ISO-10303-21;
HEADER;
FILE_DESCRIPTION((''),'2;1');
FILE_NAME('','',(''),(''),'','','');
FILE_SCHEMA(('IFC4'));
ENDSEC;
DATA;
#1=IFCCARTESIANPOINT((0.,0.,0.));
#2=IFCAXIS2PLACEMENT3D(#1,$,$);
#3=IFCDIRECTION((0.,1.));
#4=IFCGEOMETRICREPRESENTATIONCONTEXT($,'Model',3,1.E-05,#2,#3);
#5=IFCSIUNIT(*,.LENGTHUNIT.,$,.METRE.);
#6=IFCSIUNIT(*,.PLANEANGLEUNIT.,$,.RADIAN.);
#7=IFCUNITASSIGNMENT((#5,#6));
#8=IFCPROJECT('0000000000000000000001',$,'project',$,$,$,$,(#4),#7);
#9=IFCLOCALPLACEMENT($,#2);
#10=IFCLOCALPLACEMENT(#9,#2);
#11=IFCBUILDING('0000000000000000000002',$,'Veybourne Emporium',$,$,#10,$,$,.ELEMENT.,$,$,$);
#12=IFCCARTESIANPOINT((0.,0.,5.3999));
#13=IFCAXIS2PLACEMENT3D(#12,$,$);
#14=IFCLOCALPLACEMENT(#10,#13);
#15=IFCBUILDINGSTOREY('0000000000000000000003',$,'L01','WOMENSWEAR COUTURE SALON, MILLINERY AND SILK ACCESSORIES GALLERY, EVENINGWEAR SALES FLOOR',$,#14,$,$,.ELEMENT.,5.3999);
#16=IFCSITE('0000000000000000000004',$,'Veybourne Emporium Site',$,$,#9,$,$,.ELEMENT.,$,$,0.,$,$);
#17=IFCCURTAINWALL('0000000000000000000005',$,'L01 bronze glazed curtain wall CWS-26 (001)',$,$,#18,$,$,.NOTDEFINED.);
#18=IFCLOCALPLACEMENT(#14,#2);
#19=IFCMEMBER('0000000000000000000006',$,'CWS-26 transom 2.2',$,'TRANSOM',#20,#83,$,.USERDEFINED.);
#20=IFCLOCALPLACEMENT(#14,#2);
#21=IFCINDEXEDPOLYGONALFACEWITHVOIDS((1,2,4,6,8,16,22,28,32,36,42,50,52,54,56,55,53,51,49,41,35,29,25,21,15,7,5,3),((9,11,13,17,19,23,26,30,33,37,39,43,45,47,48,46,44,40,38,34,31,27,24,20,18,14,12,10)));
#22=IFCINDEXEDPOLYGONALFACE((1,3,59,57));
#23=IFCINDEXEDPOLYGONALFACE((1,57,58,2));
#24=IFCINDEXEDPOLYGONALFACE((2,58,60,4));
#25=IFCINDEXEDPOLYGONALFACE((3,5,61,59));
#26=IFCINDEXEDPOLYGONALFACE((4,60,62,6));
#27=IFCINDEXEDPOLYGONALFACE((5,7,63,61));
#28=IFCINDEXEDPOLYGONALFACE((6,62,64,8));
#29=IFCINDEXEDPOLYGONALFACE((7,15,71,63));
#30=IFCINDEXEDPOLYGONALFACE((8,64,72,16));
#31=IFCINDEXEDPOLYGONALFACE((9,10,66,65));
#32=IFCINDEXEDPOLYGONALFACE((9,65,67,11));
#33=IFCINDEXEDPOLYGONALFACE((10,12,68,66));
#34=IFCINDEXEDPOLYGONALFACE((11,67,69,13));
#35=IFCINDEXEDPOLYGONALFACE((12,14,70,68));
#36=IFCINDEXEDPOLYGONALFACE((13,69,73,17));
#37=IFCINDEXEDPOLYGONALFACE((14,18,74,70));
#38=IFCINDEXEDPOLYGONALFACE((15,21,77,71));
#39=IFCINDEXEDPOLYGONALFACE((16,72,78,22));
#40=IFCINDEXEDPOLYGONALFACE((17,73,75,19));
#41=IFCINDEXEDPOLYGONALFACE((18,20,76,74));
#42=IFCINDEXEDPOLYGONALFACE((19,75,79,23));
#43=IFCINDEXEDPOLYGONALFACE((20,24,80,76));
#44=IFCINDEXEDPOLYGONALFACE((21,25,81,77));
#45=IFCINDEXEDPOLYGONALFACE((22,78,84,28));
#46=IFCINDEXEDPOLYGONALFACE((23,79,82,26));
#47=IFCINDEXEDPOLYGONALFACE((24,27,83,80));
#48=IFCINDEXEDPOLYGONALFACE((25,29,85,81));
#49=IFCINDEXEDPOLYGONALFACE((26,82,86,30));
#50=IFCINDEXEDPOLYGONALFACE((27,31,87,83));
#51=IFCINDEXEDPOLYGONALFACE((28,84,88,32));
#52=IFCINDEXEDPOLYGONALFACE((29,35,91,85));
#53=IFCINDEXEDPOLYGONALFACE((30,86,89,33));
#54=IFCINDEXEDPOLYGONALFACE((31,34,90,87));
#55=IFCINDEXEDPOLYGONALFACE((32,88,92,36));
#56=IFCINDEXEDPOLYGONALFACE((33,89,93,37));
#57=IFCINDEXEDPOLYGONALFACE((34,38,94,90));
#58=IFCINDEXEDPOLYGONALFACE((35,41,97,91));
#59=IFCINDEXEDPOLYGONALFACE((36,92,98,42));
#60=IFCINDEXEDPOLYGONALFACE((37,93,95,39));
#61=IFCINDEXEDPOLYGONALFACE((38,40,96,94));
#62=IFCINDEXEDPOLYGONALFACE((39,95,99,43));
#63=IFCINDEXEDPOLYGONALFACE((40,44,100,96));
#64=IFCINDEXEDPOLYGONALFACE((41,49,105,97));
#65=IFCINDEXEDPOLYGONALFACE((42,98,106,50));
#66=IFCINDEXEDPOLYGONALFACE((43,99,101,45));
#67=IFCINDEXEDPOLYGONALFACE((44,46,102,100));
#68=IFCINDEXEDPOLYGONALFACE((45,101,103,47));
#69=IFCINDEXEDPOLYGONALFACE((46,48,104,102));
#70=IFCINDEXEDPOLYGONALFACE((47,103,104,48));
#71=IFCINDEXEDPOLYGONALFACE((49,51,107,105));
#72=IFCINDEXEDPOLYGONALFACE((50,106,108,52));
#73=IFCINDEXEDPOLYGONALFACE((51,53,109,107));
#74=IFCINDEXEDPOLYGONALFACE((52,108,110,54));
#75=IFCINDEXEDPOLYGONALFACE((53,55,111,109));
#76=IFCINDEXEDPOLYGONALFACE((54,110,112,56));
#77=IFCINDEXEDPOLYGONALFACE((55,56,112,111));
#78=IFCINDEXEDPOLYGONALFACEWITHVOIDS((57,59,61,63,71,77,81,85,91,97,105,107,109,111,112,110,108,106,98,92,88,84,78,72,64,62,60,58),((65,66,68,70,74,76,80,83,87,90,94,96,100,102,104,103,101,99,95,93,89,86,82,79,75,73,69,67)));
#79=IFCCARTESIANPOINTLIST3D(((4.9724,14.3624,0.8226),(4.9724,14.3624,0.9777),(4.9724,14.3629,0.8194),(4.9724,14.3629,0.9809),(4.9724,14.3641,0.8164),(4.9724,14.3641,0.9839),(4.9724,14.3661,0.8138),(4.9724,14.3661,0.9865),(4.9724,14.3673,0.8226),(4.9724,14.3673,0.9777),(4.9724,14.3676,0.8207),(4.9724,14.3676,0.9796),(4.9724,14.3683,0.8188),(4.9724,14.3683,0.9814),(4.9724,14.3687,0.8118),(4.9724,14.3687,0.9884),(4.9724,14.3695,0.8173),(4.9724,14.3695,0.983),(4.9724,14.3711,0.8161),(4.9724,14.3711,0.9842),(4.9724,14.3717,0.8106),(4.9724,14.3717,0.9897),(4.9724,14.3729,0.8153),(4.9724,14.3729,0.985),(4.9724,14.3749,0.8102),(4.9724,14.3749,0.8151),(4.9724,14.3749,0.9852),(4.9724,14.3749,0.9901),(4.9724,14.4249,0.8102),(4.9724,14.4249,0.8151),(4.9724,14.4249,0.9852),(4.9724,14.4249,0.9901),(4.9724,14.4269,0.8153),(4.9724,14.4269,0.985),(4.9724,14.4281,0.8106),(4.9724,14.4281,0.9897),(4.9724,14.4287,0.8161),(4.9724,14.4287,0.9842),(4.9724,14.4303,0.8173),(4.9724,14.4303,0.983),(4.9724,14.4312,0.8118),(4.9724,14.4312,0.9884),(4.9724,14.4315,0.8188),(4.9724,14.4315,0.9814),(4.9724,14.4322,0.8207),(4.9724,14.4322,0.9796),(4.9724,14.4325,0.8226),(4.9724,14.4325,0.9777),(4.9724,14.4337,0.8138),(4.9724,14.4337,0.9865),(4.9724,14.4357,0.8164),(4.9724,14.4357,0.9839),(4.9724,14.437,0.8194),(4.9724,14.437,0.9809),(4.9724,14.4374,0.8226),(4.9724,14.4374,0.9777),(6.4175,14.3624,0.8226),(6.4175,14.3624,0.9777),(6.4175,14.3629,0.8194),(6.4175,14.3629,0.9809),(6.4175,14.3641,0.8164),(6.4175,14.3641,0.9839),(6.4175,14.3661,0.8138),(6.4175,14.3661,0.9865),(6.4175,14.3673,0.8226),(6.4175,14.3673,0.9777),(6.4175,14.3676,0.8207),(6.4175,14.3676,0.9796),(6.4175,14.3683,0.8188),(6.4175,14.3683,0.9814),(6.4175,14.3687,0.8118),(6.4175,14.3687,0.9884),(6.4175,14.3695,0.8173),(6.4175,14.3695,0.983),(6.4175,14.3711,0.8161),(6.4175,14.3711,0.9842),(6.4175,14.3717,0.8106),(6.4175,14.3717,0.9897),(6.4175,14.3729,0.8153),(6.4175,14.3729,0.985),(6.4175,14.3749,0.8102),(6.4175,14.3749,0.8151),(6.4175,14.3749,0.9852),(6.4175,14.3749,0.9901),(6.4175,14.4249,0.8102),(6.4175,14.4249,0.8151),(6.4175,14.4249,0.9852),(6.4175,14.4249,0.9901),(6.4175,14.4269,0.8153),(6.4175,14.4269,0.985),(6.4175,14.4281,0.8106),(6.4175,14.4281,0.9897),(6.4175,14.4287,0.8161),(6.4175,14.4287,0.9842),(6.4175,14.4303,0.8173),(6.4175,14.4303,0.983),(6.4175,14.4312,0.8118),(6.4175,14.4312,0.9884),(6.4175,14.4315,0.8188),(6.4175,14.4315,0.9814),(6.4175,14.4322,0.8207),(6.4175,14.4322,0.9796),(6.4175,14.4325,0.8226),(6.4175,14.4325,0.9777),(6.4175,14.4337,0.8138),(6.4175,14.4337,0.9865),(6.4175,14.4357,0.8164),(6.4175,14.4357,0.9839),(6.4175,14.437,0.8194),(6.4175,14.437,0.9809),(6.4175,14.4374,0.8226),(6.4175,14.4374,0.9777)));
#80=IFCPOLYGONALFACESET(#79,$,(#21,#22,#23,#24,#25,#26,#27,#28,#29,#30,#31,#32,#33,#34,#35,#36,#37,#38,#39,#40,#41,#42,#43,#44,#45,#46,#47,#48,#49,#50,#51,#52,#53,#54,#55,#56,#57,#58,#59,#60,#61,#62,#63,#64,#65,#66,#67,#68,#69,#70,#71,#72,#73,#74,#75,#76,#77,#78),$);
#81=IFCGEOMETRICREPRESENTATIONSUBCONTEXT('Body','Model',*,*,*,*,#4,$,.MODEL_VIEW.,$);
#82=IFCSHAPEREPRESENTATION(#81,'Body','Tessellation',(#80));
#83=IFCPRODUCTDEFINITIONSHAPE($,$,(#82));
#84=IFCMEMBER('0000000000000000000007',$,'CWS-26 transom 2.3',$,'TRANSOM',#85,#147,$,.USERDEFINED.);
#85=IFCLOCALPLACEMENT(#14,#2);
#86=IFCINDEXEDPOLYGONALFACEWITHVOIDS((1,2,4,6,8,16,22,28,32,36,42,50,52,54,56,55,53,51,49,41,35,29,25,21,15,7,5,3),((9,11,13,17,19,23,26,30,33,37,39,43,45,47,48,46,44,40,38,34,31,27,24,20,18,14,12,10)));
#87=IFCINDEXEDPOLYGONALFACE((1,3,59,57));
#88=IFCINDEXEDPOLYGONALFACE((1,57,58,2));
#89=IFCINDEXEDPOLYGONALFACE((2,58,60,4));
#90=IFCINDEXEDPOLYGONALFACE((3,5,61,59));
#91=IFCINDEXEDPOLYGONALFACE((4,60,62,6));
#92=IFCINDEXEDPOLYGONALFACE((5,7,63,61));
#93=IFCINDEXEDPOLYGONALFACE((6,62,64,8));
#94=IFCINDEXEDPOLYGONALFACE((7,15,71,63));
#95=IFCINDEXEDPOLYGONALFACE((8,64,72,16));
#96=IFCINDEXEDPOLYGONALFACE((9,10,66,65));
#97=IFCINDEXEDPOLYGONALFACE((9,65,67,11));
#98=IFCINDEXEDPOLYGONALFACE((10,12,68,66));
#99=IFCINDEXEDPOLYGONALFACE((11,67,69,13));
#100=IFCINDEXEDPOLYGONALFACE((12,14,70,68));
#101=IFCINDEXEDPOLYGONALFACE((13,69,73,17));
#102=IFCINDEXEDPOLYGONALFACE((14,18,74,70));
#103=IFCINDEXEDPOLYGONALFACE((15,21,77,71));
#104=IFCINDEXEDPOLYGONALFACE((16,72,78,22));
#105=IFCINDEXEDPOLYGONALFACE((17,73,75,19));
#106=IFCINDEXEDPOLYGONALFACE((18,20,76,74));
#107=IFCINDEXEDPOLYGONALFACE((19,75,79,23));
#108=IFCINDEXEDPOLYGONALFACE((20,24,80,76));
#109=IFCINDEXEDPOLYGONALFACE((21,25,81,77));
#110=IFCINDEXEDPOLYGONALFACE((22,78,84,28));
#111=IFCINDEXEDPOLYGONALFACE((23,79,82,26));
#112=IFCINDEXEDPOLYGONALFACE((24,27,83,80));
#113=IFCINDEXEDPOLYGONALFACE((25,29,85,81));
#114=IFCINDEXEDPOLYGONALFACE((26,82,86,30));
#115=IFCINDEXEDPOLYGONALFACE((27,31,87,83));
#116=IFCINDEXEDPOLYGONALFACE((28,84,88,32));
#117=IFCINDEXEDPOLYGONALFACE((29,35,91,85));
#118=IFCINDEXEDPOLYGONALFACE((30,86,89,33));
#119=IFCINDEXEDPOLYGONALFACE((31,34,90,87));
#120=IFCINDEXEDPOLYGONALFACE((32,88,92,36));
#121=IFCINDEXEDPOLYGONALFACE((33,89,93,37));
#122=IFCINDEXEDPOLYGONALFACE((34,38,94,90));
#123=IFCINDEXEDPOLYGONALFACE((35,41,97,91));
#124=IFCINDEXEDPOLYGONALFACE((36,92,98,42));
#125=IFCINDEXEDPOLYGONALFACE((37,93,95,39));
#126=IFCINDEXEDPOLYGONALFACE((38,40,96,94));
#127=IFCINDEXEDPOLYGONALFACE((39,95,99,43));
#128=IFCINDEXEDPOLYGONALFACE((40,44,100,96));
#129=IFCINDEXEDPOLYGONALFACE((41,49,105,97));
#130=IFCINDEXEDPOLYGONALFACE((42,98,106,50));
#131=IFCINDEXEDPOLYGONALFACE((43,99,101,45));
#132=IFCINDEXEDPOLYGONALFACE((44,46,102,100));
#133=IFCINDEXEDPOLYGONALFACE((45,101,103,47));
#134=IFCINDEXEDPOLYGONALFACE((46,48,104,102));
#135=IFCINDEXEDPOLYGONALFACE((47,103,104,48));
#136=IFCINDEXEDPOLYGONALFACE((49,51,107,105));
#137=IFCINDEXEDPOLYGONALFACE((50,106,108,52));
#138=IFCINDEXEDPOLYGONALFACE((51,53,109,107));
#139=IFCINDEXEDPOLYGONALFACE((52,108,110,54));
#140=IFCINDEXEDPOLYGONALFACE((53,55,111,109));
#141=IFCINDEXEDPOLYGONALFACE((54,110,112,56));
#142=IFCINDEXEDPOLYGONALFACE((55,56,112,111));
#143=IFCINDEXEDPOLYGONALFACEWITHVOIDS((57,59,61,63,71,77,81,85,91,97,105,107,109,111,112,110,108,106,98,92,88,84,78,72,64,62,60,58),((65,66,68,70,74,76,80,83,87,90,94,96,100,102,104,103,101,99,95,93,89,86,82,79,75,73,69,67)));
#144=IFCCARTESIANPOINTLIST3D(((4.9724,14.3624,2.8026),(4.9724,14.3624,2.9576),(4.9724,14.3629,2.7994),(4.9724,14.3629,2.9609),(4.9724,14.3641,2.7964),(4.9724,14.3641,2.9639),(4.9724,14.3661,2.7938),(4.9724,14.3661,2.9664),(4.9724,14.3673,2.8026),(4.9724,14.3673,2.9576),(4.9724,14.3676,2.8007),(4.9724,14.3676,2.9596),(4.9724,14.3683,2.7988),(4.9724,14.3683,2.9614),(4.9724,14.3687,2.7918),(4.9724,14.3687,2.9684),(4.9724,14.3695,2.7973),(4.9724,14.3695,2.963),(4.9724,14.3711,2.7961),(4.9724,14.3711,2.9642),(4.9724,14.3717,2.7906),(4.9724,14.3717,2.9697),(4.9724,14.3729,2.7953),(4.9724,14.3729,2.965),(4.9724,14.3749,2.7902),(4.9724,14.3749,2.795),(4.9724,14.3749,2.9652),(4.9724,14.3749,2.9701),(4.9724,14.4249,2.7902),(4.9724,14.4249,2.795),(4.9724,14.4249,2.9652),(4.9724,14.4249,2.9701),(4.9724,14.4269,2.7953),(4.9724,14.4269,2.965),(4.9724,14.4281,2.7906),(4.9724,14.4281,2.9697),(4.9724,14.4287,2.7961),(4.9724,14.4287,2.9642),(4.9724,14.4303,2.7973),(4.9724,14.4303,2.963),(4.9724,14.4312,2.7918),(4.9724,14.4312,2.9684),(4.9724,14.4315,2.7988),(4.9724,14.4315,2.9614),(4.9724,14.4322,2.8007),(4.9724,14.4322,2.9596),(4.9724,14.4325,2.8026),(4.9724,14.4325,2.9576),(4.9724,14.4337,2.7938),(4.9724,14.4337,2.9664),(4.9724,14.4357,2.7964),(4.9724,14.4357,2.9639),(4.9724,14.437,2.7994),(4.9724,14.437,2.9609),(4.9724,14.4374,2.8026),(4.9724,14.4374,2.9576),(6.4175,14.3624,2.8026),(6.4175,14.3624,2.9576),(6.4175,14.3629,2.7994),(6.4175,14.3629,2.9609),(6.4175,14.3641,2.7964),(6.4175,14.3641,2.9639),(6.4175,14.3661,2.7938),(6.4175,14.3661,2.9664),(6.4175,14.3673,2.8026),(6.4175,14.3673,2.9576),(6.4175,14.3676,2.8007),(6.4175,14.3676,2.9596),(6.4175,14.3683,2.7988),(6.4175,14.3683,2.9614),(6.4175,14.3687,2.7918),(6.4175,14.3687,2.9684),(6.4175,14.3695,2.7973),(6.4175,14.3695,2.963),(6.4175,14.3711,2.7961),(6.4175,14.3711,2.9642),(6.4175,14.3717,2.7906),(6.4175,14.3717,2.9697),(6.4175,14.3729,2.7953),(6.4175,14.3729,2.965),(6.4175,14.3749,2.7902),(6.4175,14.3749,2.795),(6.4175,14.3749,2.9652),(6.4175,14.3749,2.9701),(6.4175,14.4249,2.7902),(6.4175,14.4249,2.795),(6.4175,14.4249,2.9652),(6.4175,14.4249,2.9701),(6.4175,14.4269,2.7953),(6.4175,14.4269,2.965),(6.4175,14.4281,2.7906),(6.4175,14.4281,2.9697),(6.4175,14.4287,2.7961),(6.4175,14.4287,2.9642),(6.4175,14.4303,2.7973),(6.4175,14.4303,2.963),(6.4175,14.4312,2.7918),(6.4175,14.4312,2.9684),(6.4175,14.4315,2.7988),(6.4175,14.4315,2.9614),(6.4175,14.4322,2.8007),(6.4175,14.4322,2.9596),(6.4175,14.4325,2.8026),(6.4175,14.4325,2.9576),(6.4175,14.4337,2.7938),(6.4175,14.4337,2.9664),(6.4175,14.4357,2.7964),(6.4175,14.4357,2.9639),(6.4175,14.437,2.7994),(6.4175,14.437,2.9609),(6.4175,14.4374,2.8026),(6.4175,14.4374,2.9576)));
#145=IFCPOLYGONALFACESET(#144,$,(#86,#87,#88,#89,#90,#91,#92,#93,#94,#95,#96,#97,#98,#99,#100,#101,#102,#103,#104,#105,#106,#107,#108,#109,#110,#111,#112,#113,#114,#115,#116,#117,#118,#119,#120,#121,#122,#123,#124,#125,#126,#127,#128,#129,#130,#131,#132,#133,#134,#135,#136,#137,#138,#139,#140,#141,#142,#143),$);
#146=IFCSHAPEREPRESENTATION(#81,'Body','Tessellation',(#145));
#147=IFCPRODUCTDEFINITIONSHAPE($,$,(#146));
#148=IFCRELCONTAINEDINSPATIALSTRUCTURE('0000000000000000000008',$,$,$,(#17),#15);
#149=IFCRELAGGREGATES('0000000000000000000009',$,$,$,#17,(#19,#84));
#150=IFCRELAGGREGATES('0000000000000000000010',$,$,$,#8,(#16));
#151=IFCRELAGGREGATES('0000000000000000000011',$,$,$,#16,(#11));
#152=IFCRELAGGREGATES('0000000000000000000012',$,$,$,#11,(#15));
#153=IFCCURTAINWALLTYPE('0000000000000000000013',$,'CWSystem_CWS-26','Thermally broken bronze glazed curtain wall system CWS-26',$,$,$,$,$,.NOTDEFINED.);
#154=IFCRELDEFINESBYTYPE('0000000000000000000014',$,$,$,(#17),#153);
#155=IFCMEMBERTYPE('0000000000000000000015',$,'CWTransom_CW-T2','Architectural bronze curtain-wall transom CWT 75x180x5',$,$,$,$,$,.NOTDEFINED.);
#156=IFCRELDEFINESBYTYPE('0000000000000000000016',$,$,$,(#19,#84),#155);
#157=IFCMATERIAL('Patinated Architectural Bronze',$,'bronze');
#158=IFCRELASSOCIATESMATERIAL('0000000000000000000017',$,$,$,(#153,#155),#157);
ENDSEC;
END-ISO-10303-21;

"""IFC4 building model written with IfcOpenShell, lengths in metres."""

from ifc_helpers import new_model, si_unit, direction, frame, origin, origin_2d, place, context, subcontext, project, spatial, hollow_rectangle, extrude, material, material_profile, profile_set, type_object, element, aggregate, save


model = new_model("IFC4")

# Units and contexts
model_context = context("Model", 3, precision=1e-05, world=origin(), true_north=direction((0.0, 1.0)))
body_context = subcontext(model_context, "Body", "Model", "MODEL_VIEW")
ifc_project = project(units=[si_unit("LENGTHUNIT", "METRE"), si_unit("PLANEANGLEUNIT", "RADIAN")], contexts=[model_context])

# Site, building, storey
site_placement = place(None, origin())
site = spatial("IfcSite", under=ifc_project, at=site_placement, Name="Veybourne Emporium Site", CompositionType="ELEMENT", RefElevation=0.0)
building_placement = place(site_placement, origin())
building = spatial("IfcBuilding", under=site, at=building_placement, Name="Veybourne Emporium", CompositionType="ELEMENT")
storey_placement = place(building_placement, frame((0.0, 0.0, 5.3999)))
storey = spatial("IfcBuildingStorey", under=building, at=storey_placement, Name="L01", Description="WOMENSWEAR COUTURE SALON, MILLINERY AND SILK ACCESSORIES GALLERY, EVENINGWEAR SALES FLOOR", CompositionType="ELEMENT", Elevation=5.3999)

# Curtain wall
ifc_material_1 = material(Name="Patinated Architectural Bronze", Category="bronze")
curtain_wall_type_1 = type_object("IfcCurtainWallType", Name="CWSystem_CWS-26", Description="Thermally broken bronze glazed curtain wall system CWS-26", PredefinedType="NOTDEFINED", material=ifc_material_1)
curtain_wall_1_placement = place(storey_placement, origin())
curtain_wall_1 = element("IfcCurtainWall", 1, at=curtain_wall_1_placement, inside=storey, type_object=curtain_wall_type_1, Name="L01 bronze glazed curtain wall CWS-26 (001)", PredefinedType="NOTDEFINED")

# Members
ifc_material_profile_1 = material_profile(ifc_material_1, hollow_rectangle(XDim=0.075, YDim=0.1799, WallThickness=0.0049, InnerFilletRadius=0.0076, OuterFilletRadius=0.0125, at=origin_2d()), Name="CWT 75x180x5")
ifc_profile_set_1 = profile_set([ifc_material_profile_1], Name="Patinated Architectural Bronze")
member_type_1 = type_object("IfcMemberType", Name="CWTransom_CW-T2", Description="Architectural bronze curtain-wall transom CWT 75x180x5", PredefinedType="NOTDEFINED", material=ifc_profile_set_1)
member_1_placement = place(storey_placement, frame((6.4175, 14.3999, 0.9001), z_axis=(-1.0, 0.0, 0.0), x_axis=(0.0, -1.0, 0.0)))
member_1 = element("IfcMember", 2, at=member_1_placement, type_object=member_type_1, Name="CWS-26 transom 2.2", ObjectType="TRANSOM", PredefinedType="USERDEFINED", context=body_context, shape_type="SweptSolid", body=[
    extrude(hollow_rectangle(XDim=0.075, YDim=0.1799, WallThickness=0.0049, InnerFilletRadius=0.0076, OuterFilletRadius=0.0125, at=origin_2d()), origin(), (0.0, 0.0, 1.0), 1.4451),
])
member_2_placement = place(storey_placement, frame((6.4175, 14.3999, 2.8801), z_axis=(-1.0, 0.0, 0.0), x_axis=(0.0, -1.0, 0.0)))
member_2 = element("IfcMember", 3, at=member_2_placement, type_object=member_type_1, Name="CWS-26 transom 2.3", ObjectType="TRANSOM", PredefinedType="USERDEFINED", context=body_context, shape_type="SweptSolid", body=[
    extrude(hollow_rectangle(XDim=0.075, YDim=0.1799, WallThickness=0.0049, InnerFilletRadius=0.0076, OuterFilletRadius=0.0125, at=origin_2d()), origin(), (0.0, 0.0, 1.0), 1.4451),
])

aggregate(curtain_wall_1, [member_1, member_2])

save(model, "model.ifc")
